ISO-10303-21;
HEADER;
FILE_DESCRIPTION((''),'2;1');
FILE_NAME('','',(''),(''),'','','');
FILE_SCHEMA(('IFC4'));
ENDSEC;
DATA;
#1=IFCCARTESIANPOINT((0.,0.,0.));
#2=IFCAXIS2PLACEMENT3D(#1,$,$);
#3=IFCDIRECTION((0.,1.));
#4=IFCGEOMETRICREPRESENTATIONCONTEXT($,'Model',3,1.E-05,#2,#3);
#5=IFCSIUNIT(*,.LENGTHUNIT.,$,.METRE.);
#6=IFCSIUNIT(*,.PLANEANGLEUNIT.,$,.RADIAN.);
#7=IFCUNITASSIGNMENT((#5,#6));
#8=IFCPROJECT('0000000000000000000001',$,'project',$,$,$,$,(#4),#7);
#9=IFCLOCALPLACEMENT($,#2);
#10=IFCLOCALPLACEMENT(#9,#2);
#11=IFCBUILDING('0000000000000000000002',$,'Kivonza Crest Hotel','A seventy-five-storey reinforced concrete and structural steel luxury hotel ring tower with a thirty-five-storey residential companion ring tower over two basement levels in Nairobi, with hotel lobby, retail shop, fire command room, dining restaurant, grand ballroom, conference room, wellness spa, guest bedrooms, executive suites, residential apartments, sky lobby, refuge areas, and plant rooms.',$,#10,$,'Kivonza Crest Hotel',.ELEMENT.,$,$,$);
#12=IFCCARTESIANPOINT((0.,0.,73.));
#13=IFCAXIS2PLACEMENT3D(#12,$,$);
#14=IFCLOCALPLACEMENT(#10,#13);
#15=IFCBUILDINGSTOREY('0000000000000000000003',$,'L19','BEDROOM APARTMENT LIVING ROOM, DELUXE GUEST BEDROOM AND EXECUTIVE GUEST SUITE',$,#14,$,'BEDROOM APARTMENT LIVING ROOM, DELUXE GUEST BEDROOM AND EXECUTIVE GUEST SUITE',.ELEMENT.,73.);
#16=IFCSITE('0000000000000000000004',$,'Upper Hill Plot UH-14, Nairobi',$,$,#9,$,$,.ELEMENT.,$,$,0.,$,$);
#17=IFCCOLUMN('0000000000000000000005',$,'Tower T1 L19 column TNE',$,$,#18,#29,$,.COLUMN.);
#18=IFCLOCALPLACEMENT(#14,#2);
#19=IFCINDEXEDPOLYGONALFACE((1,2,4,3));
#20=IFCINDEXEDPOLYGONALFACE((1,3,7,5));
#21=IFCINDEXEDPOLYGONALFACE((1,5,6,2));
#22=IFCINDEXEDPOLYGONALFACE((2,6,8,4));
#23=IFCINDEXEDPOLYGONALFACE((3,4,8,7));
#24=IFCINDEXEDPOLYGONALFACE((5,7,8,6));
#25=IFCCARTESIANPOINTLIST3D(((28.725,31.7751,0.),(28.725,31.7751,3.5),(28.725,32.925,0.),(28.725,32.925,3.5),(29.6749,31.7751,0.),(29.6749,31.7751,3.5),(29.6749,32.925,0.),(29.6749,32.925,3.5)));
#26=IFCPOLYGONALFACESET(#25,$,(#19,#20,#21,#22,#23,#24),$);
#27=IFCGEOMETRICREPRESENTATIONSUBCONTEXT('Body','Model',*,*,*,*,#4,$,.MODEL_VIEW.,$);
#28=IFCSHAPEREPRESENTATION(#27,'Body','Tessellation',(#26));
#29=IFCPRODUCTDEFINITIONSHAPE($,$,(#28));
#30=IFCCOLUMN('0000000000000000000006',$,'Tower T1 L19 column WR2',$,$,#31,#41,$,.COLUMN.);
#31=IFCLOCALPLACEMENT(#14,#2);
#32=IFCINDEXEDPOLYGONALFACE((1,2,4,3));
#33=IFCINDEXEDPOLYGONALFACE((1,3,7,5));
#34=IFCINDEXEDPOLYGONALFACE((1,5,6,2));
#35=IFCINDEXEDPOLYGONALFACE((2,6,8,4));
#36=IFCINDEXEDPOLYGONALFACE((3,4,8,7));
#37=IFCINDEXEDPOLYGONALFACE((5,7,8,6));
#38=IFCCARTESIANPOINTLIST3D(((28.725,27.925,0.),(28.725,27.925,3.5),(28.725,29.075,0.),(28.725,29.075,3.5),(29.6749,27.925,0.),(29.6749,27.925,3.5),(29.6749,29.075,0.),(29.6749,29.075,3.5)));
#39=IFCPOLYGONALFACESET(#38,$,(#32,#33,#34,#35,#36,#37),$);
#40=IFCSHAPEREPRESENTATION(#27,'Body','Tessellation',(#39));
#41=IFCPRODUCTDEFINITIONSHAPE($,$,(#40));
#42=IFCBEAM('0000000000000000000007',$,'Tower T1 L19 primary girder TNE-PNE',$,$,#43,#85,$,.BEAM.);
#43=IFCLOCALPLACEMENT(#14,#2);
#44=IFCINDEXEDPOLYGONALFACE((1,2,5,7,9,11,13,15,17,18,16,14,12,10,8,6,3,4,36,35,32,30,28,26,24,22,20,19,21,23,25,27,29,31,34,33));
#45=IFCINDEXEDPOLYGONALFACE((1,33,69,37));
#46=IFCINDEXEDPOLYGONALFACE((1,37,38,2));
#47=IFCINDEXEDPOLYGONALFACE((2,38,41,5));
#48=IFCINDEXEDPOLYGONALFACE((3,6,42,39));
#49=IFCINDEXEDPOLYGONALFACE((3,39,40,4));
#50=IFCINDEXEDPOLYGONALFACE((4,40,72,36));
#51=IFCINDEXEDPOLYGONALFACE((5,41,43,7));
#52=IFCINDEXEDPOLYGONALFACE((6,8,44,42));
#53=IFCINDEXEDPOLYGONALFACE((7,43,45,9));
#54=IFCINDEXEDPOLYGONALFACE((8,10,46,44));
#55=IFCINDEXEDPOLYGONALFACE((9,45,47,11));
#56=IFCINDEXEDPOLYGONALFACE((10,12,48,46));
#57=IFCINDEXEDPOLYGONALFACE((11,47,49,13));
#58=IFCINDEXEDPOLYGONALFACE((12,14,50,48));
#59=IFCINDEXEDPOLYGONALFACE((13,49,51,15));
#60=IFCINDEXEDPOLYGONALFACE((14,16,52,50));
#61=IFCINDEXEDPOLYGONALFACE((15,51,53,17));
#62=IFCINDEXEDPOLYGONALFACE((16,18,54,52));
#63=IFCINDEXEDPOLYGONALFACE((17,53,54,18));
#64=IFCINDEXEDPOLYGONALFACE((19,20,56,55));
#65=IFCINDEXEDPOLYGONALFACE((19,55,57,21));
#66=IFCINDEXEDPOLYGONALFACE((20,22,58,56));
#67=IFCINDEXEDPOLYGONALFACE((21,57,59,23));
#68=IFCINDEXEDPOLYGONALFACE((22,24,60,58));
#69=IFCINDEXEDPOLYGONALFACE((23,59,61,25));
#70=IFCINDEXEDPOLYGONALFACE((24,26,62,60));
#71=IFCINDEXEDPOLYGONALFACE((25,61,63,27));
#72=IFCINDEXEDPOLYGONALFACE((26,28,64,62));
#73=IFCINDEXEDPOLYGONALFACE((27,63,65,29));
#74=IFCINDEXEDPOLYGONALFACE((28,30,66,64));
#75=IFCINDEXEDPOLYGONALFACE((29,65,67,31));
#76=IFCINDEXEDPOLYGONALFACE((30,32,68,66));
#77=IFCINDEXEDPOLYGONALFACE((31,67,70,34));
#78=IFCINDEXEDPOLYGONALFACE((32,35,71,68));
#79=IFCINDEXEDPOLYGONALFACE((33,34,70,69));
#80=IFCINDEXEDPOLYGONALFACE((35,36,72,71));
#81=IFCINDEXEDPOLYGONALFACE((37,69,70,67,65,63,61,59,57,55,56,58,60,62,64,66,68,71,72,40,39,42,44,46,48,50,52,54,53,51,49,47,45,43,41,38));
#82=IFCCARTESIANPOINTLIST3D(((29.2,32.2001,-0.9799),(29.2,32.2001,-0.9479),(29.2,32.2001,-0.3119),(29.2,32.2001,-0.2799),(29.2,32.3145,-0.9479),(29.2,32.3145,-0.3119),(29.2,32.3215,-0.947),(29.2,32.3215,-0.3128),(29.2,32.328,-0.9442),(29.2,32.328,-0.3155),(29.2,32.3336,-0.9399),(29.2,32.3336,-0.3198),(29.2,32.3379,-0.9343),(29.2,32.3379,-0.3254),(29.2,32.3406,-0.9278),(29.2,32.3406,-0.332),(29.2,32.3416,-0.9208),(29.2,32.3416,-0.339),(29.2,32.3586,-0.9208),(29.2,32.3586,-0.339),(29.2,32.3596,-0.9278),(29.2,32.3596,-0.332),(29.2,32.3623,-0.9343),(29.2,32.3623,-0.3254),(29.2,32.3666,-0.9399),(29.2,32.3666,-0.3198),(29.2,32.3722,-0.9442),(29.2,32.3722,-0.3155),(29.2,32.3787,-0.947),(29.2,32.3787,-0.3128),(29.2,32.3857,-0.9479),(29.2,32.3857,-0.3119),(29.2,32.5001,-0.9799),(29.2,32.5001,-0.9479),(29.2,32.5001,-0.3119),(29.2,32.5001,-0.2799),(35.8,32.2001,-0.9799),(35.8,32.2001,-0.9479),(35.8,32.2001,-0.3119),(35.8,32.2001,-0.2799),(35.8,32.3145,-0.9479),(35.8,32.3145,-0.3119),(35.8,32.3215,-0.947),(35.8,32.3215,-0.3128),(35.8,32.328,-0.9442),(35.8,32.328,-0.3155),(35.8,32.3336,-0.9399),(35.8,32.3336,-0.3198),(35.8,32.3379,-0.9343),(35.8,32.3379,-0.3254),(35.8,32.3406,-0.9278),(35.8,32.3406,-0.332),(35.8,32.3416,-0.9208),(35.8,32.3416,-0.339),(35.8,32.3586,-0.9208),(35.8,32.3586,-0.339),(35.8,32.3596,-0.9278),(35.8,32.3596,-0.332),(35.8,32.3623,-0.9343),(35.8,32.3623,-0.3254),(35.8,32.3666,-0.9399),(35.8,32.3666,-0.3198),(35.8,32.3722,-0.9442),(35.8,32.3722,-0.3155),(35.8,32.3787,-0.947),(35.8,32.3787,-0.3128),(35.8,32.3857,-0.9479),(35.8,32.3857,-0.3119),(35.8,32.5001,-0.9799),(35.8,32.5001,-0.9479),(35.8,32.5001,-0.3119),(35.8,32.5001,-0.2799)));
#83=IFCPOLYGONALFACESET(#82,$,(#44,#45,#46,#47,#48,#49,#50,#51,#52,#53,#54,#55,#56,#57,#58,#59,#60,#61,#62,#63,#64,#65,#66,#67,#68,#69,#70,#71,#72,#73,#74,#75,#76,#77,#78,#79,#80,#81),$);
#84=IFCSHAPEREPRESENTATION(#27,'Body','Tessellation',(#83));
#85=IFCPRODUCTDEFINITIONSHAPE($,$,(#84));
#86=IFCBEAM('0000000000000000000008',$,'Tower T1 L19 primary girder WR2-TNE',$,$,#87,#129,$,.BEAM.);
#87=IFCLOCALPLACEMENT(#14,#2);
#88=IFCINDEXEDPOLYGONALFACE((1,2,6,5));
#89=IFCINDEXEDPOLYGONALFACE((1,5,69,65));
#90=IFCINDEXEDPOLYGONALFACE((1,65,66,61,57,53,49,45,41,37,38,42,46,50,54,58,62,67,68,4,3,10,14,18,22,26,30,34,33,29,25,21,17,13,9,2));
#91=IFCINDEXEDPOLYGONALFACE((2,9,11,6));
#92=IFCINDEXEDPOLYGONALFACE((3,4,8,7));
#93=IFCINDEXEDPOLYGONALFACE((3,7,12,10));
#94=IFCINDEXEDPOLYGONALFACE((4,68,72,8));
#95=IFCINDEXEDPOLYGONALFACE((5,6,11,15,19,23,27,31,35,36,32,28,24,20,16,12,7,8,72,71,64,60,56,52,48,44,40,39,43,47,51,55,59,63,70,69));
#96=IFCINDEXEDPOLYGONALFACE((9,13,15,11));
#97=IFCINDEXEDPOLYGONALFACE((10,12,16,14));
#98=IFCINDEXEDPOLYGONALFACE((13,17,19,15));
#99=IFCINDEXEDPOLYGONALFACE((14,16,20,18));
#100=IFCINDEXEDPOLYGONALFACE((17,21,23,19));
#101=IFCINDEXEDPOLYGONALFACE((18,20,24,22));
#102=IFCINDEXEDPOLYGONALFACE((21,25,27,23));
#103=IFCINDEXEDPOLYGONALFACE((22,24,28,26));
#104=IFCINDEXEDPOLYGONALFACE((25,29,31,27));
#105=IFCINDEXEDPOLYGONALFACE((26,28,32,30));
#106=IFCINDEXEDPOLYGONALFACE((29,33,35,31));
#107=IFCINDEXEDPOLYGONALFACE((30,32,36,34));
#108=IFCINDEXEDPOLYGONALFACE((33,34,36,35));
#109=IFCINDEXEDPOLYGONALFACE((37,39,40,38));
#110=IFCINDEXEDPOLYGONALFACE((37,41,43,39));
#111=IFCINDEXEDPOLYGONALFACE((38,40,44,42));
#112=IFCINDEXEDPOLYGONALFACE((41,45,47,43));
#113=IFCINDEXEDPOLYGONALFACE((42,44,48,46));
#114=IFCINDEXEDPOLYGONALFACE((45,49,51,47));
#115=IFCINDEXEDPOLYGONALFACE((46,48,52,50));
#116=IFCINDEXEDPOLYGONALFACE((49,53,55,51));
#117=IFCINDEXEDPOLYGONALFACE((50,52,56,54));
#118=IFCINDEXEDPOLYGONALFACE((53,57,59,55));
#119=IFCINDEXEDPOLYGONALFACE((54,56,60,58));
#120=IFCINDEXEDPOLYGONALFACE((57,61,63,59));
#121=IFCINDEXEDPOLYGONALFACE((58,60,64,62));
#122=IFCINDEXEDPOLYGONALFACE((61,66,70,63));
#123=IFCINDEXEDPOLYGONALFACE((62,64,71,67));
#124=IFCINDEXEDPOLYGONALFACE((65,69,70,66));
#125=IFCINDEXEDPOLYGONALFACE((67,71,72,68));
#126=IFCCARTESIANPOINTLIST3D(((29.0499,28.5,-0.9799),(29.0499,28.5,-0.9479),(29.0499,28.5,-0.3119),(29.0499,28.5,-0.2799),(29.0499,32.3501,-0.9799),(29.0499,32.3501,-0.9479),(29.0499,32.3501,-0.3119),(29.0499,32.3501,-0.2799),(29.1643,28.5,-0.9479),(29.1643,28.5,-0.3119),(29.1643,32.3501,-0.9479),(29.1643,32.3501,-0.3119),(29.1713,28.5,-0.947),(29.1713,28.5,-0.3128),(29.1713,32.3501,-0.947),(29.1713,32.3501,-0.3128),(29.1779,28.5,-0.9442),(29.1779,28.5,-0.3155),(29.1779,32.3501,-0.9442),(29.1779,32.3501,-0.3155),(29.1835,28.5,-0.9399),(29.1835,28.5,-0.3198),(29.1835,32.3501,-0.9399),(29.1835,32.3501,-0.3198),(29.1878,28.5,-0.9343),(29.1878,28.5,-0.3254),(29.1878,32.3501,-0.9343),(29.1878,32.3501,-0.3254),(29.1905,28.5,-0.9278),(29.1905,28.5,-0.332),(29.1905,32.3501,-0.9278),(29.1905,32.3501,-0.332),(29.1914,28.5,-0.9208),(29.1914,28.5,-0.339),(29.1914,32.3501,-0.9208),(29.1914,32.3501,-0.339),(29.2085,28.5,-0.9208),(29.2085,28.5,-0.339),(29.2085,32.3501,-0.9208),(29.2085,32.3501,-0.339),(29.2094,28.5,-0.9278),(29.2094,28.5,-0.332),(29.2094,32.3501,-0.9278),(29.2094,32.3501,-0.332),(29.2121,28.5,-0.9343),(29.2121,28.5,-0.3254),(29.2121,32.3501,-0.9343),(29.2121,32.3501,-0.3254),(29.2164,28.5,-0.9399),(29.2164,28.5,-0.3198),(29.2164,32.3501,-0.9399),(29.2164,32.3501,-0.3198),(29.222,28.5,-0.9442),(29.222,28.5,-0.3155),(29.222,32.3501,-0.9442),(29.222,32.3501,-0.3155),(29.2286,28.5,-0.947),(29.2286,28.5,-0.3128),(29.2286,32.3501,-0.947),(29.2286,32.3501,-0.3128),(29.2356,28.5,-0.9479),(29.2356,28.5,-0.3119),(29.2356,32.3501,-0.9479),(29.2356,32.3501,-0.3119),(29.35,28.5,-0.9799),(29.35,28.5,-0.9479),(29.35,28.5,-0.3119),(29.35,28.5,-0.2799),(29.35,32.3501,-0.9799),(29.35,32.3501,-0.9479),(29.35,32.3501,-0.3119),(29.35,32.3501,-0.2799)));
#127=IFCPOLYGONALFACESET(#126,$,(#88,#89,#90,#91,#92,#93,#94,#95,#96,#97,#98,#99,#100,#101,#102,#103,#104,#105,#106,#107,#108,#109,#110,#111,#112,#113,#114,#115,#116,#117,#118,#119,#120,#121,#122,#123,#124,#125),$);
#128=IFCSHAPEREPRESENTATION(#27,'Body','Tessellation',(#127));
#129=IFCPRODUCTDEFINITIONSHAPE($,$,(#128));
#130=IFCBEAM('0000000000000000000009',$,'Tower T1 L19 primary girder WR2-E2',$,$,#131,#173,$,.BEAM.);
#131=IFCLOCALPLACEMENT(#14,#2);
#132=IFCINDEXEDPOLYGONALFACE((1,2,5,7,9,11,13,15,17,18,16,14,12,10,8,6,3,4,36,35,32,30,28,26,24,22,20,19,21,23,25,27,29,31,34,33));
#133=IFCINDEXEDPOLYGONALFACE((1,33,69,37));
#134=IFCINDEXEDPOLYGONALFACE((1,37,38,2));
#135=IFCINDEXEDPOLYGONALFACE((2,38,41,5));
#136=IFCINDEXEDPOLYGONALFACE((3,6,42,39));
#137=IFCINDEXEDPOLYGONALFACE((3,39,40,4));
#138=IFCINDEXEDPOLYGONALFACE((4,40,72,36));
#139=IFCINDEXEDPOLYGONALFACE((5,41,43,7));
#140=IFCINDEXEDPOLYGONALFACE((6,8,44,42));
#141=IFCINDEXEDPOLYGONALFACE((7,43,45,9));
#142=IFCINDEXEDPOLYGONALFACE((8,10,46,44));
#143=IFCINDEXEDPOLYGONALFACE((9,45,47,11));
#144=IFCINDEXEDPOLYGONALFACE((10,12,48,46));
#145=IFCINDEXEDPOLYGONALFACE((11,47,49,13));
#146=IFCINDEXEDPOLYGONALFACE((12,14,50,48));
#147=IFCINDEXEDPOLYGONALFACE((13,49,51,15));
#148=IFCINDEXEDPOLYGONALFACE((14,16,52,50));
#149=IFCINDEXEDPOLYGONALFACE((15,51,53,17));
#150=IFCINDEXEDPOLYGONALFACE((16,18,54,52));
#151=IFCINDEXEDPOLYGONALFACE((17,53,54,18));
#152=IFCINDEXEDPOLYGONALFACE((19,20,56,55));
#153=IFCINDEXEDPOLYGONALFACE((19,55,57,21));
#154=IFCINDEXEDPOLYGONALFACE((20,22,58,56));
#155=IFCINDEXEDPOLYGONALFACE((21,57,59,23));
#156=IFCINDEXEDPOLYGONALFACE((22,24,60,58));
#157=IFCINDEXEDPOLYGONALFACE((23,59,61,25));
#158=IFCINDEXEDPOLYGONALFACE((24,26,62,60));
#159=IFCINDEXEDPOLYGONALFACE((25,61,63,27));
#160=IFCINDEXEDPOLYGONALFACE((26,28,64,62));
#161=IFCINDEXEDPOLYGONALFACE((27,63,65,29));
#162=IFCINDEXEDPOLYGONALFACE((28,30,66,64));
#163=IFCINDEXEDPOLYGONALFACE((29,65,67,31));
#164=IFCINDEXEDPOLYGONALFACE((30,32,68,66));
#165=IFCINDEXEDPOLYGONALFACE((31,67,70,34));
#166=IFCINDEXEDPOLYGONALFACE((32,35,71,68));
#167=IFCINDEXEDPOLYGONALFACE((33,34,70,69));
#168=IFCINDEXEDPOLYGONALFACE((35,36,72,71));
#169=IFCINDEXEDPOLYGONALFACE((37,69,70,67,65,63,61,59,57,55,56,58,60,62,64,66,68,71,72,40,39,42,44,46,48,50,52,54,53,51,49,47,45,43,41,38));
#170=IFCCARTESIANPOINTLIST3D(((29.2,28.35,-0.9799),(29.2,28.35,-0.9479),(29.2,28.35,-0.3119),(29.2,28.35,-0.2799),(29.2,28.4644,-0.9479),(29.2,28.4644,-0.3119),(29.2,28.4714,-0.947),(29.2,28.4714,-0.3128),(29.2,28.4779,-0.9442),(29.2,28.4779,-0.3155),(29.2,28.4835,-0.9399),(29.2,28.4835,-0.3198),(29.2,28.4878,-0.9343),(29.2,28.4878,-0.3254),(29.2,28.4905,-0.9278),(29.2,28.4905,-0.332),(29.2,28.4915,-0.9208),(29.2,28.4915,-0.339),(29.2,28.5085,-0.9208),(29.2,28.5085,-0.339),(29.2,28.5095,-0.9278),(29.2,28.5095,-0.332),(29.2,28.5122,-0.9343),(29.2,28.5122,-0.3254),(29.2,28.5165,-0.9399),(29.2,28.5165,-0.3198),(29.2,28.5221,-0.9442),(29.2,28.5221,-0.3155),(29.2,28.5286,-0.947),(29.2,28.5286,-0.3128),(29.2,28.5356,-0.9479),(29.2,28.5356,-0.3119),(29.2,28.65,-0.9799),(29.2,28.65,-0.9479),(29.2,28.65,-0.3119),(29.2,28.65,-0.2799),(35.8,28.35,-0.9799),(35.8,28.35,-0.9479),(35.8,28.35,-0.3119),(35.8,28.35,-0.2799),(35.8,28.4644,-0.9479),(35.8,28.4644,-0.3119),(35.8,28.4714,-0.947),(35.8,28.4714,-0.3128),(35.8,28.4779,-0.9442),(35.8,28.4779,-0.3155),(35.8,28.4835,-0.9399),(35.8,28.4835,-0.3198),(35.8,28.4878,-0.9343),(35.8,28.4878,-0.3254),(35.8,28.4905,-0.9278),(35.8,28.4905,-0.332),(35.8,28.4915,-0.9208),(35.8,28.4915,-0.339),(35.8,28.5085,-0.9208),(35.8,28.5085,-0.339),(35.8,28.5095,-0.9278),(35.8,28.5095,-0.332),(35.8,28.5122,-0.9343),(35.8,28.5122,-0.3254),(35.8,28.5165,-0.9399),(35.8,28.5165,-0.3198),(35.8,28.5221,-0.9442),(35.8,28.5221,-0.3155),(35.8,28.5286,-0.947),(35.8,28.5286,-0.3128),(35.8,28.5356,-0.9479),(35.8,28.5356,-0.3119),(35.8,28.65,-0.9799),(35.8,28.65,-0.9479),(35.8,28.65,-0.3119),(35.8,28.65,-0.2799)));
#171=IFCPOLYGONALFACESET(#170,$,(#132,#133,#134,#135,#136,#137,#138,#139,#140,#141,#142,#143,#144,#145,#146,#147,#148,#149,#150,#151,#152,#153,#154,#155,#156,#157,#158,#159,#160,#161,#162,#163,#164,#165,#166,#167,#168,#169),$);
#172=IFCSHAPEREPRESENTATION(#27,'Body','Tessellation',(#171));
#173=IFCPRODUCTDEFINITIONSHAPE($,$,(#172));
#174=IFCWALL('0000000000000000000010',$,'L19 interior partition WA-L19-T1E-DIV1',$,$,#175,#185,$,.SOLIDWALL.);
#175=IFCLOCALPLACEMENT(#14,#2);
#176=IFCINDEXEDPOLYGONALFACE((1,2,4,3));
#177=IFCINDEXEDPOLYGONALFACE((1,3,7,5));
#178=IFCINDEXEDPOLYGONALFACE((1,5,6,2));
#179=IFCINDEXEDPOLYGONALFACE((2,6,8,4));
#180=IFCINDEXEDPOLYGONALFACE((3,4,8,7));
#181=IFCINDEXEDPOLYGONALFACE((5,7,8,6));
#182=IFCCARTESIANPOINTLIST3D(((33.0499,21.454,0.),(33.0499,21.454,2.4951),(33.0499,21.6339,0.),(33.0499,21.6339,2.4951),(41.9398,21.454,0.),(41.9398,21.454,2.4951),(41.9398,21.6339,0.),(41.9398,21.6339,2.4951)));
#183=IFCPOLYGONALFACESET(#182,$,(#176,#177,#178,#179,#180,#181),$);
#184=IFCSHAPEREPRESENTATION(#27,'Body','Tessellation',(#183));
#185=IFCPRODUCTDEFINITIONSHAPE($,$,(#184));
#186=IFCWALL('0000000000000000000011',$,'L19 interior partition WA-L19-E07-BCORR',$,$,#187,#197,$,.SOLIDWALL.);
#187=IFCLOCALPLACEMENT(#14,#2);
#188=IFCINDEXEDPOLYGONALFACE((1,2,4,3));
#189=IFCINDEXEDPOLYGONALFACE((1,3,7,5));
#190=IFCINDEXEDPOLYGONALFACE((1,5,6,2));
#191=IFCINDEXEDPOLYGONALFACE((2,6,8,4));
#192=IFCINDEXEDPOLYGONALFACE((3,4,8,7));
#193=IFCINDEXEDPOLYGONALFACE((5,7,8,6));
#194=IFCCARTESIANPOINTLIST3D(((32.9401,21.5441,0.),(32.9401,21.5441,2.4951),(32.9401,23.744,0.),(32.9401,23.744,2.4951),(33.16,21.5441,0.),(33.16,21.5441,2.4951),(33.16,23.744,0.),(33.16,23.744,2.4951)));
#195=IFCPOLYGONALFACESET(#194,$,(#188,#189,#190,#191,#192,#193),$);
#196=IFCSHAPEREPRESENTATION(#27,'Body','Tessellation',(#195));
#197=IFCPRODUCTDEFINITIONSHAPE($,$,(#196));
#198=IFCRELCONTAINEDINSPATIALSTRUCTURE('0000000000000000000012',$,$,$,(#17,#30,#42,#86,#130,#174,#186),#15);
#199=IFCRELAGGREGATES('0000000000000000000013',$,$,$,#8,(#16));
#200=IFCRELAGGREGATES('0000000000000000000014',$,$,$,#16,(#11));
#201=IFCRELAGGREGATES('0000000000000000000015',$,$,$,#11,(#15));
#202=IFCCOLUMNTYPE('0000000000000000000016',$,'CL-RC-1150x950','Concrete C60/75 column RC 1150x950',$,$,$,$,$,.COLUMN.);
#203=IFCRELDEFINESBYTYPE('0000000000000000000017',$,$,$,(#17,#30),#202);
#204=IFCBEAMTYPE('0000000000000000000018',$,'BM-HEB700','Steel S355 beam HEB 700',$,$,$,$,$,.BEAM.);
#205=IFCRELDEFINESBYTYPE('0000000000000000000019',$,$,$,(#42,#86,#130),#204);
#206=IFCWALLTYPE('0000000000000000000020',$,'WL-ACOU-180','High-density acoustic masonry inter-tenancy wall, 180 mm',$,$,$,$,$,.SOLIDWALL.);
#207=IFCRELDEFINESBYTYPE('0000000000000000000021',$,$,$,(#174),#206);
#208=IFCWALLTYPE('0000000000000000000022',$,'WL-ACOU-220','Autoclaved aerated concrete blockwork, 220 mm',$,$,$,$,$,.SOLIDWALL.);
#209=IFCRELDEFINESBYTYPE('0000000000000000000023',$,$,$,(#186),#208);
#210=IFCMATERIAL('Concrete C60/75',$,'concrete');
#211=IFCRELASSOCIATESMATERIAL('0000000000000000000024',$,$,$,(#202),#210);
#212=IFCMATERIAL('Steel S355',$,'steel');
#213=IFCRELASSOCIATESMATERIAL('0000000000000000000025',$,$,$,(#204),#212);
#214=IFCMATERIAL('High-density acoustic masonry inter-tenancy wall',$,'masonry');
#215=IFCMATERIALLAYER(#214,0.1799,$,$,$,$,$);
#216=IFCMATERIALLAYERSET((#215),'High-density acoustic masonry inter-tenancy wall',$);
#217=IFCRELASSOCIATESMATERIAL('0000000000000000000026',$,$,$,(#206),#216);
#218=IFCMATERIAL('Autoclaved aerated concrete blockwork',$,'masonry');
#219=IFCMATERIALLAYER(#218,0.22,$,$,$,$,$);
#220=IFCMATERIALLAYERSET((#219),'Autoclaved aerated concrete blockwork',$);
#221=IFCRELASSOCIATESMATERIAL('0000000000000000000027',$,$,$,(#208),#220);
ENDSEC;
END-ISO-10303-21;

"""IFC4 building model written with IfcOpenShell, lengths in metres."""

from ifc_helpers import new_model, si_unit, direction, frame, frame_2d, origin, origin_2d, place, context, subcontext, project, spatial, rectangle, i_section, extrude, material, layer, layer_set, material_profile, profile_set, type_object, element, save


model = new_model("IFC4")

# Units and contexts
model_context = context("Model", 3, precision=1e-05, world=origin(), true_north=direction((0.0, 1.0)))
body_context = subcontext(model_context, "Body", "Model", "MODEL_VIEW")
ifc_project = project(units=[si_unit("LENGTHUNIT", "METRE"), si_unit("PLANEANGLEUNIT", "RADIAN")], contexts=[model_context])

# Site, building, storey
site_placement = place(None, origin())
site = spatial("IfcSite", under=ifc_project, at=site_placement, Name="Upper Hill Plot UH-14, Nairobi", CompositionType="ELEMENT", RefElevation=0.0)
building_placement = place(site_placement, origin())
building = spatial("IfcBuilding", under=site, at=building_placement, Name="Kivonza Crest Hotel", Description="A seventy-five-storey reinforced concrete and structural steel luxury hotel ring tower with a thirty-five-storey residential companion ring tower over two basement levels in Nairobi, with hotel lobby, retail shop, fire command room, dining restaurant, grand ballroom, conference room, wellness spa, guest bedrooms, executive suites, residential apartments, sky lobby, refuge areas, and plant rooms.", LongName="Kivonza Crest Hotel", CompositionType="ELEMENT")
storey_placement = place(building_placement, frame((0.0, 0.0, 73.0)))
storey = spatial("IfcBuildingStorey", under=building, at=storey_placement, Name="L19", Description="BEDROOM APARTMENT LIVING ROOM, DELUXE GUEST BEDROOM AND EXECUTIVE GUEST SUITE", LongName="BEDROOM APARTMENT LIVING ROOM, DELUXE GUEST BEDROOM AND EXECUTIVE GUEST SUITE", CompositionType="ELEMENT", Elevation=73.0)

# Columns
ifc_material_1 = material(Name="Concrete C60/75", Category="concrete")
ifc_material_profile_1 = material_profile(ifc_material_1, rectangle(XDim=0.95, YDim=1.1499, at=origin_2d()), Name="RC 1150x950")
ifc_profile_set_1 = profile_set([ifc_material_profile_1], Name="Concrete C60/75")
column_type = type_object("IfcColumnType", Name="CL-RC-1150x950", Description="Concrete C60/75 column RC 1150x950", PredefinedType="COLUMN", material=ifc_profile_set_1)
for number, where, z_axis, x_axis, name in (
    (1, (29.2, 32.3501, 0.0), (0.0, 0.0, 1.0), (1.0, 0.0, 0.0), "Tower T1 L19 column TNE"),
    (2, (29.2, 28.5, 0.0), (0.0, 0.0, 1.0), (1.0, 0.0, 0.0), "Tower T1 L19 column WR2"),
):
    element("IfcColumn", number, at=place(storey_placement, frame(where, z_axis=z_axis, x_axis=x_axis)), inside=storey, type_object=column_type, Name=name, PredefinedType="COLUMN", context=body_context, shape_type="SweptSolid", body=[
        extrude(rectangle(XDim=0.95, YDim=1.1499, at=origin_2d()), origin(), (0.0, 0.0, 1.0), 3.5),
    ])

# Beams
ifc_material_2 = material(Name="Steel S355", Category="steel")
ifc_material_profile_2 = material_profile(ifc_material_2, i_section(OverallWidth=0.3, OverallDepth=0.7, WebThickness=0.0171, FlangeThickness=0.032, FilletRadius=0.0271, at=origin_2d()), Name="HEB 700")
ifc_profile_set_2 = profile_set([ifc_material_profile_2], Name="Steel S355")
beam_type = type_object("IfcBeamType", Name="BM-HEB700", Description="Steel S355 beam HEB 700", PredefinedType="BEAM", material=ifc_profile_set_2)
beam_1_placement = place(storey_placement, frame((29.2, 32.3501, -0.6299), z_axis=(1.0, 0.0, 0.0), x_axis=(0.0, 1.0, 0.0)))
element("IfcBeam", 3, at=beam_1_placement, inside=storey, type_object=beam_type, Name="Tower T1 L19 primary girder TNE-PNE", PredefinedType="BEAM", context=body_context, shape_type="SweptSolid", body=[
    extrude(i_section(OverallWidth=0.3, OverallDepth=0.7, WebThickness=0.0171, FlangeThickness=0.032, FilletRadius=0.0271, at=origin_2d()), origin(), (0.0, 0.0, 1.0), 6.6001),
])
beam_2_placement = place(storey_placement, frame((29.2, 28.5, -0.6299), z_axis=(0.0, 1.0, 0.0), x_axis=(-1.0, 0.0, 0.0)))
element("IfcBeam", 4, at=beam_2_placement, inside=storey, type_object=beam_type, Name="Tower T1 L19 primary girder WR2-TNE", PredefinedType="BEAM", context=body_context, shape_type="SweptSolid", body=[
    extrude(i_section(OverallWidth=0.3, OverallDepth=0.7, WebThickness=0.0171, FlangeThickness=0.032, FilletRadius=0.0271, at=origin_2d()), origin(), (0.0, 0.0, 1.0), 3.8501),
])
beam_3_placement = place(storey_placement, frame((29.2, 28.5, -0.6299), z_axis=(1.0, 0.0, 0.0), x_axis=(0.0, 1.0, 0.0)))
element("IfcBeam", 5, at=beam_3_placement, inside=storey, type_object=beam_type, Name="Tower T1 L19 primary girder WR2-E2", PredefinedType="BEAM", context=body_context, shape_type="SweptSolid", body=[
    extrude(i_section(OverallWidth=0.3, OverallDepth=0.7, WebThickness=0.0171, FlangeThickness=0.032, FilletRadius=0.0271, at=origin_2d()), origin(), (0.0, 0.0, 1.0), 6.6001),
])

# Walls
ifc_material_3 = material(Name="High-density acoustic masonry inter-tenancy wall", Category="masonry")
ifc_layer_1 = layer(ifc_material_3, 0.1799)
ifc_layer_set_1 = layer_set([ifc_layer_1], Name="High-density acoustic masonry inter-tenancy wall")
wall_type_1 = type_object("IfcWallType", Name="WL-ACOU-180", Description="High-density acoustic masonry inter-tenancy wall, 180 mm", PredefinedType="SOLIDWALL", material=ifc_layer_set_1)
wall_1_placement = place(storey_placement, frame((33.05, 21.5439, 0.0), z_axis=(0.0, 0.0, 1.0), x_axis=(1.0, 0.0, 0.0)))
element("IfcWall", 6, at=wall_1_placement, inside=storey, type_object=wall_type_1, Name="L19 interior partition WA-L19-T1E-DIV1", PredefinedType="SOLIDWALL", context=body_context, shape_type="SweptSolid", body=[
    extrude(rectangle(XDim=8.8899, YDim=0.1799, at=frame_2d((4.4448, 0.0))), origin(), (0.0, 0.0, 1.0), 2.4951),
])
ifc_material_4 = material(Name="Autoclaved aerated concrete blockwork", Category="masonry")
ifc_layer_2 = layer(ifc_material_4, 0.22)
ifc_layer_set_2 = layer_set([ifc_layer_2], Name="Autoclaved aerated concrete blockwork")
wall_type_2 = type_object("IfcWallType", Name="WL-ACOU-220", Description="Autoclaved aerated concrete blockwork, 220 mm", PredefinedType="SOLIDWALL", material=ifc_layer_set_2)
wall_2_placement = place(storey_placement, frame((33.05, 21.5439, 0.0), z_axis=(0.0, 0.0, 1.0), x_axis=(0.0, 1.0, 0.0)))
element("IfcWall", 7, at=wall_2_placement, inside=storey, type_object=wall_type_2, Name="L19 interior partition WA-L19-E07-BCORR", PredefinedType="SOLIDWALL", context=body_context, shape_type="SweptSolid", body=[
    extrude(rectangle(XDim=2.2, YDim=0.22, at=frame_2d((1.1001, 0.0))), origin(), (0.0, 0.0, 1.0), 2.4951),
])

save(model, "model.ifc")
